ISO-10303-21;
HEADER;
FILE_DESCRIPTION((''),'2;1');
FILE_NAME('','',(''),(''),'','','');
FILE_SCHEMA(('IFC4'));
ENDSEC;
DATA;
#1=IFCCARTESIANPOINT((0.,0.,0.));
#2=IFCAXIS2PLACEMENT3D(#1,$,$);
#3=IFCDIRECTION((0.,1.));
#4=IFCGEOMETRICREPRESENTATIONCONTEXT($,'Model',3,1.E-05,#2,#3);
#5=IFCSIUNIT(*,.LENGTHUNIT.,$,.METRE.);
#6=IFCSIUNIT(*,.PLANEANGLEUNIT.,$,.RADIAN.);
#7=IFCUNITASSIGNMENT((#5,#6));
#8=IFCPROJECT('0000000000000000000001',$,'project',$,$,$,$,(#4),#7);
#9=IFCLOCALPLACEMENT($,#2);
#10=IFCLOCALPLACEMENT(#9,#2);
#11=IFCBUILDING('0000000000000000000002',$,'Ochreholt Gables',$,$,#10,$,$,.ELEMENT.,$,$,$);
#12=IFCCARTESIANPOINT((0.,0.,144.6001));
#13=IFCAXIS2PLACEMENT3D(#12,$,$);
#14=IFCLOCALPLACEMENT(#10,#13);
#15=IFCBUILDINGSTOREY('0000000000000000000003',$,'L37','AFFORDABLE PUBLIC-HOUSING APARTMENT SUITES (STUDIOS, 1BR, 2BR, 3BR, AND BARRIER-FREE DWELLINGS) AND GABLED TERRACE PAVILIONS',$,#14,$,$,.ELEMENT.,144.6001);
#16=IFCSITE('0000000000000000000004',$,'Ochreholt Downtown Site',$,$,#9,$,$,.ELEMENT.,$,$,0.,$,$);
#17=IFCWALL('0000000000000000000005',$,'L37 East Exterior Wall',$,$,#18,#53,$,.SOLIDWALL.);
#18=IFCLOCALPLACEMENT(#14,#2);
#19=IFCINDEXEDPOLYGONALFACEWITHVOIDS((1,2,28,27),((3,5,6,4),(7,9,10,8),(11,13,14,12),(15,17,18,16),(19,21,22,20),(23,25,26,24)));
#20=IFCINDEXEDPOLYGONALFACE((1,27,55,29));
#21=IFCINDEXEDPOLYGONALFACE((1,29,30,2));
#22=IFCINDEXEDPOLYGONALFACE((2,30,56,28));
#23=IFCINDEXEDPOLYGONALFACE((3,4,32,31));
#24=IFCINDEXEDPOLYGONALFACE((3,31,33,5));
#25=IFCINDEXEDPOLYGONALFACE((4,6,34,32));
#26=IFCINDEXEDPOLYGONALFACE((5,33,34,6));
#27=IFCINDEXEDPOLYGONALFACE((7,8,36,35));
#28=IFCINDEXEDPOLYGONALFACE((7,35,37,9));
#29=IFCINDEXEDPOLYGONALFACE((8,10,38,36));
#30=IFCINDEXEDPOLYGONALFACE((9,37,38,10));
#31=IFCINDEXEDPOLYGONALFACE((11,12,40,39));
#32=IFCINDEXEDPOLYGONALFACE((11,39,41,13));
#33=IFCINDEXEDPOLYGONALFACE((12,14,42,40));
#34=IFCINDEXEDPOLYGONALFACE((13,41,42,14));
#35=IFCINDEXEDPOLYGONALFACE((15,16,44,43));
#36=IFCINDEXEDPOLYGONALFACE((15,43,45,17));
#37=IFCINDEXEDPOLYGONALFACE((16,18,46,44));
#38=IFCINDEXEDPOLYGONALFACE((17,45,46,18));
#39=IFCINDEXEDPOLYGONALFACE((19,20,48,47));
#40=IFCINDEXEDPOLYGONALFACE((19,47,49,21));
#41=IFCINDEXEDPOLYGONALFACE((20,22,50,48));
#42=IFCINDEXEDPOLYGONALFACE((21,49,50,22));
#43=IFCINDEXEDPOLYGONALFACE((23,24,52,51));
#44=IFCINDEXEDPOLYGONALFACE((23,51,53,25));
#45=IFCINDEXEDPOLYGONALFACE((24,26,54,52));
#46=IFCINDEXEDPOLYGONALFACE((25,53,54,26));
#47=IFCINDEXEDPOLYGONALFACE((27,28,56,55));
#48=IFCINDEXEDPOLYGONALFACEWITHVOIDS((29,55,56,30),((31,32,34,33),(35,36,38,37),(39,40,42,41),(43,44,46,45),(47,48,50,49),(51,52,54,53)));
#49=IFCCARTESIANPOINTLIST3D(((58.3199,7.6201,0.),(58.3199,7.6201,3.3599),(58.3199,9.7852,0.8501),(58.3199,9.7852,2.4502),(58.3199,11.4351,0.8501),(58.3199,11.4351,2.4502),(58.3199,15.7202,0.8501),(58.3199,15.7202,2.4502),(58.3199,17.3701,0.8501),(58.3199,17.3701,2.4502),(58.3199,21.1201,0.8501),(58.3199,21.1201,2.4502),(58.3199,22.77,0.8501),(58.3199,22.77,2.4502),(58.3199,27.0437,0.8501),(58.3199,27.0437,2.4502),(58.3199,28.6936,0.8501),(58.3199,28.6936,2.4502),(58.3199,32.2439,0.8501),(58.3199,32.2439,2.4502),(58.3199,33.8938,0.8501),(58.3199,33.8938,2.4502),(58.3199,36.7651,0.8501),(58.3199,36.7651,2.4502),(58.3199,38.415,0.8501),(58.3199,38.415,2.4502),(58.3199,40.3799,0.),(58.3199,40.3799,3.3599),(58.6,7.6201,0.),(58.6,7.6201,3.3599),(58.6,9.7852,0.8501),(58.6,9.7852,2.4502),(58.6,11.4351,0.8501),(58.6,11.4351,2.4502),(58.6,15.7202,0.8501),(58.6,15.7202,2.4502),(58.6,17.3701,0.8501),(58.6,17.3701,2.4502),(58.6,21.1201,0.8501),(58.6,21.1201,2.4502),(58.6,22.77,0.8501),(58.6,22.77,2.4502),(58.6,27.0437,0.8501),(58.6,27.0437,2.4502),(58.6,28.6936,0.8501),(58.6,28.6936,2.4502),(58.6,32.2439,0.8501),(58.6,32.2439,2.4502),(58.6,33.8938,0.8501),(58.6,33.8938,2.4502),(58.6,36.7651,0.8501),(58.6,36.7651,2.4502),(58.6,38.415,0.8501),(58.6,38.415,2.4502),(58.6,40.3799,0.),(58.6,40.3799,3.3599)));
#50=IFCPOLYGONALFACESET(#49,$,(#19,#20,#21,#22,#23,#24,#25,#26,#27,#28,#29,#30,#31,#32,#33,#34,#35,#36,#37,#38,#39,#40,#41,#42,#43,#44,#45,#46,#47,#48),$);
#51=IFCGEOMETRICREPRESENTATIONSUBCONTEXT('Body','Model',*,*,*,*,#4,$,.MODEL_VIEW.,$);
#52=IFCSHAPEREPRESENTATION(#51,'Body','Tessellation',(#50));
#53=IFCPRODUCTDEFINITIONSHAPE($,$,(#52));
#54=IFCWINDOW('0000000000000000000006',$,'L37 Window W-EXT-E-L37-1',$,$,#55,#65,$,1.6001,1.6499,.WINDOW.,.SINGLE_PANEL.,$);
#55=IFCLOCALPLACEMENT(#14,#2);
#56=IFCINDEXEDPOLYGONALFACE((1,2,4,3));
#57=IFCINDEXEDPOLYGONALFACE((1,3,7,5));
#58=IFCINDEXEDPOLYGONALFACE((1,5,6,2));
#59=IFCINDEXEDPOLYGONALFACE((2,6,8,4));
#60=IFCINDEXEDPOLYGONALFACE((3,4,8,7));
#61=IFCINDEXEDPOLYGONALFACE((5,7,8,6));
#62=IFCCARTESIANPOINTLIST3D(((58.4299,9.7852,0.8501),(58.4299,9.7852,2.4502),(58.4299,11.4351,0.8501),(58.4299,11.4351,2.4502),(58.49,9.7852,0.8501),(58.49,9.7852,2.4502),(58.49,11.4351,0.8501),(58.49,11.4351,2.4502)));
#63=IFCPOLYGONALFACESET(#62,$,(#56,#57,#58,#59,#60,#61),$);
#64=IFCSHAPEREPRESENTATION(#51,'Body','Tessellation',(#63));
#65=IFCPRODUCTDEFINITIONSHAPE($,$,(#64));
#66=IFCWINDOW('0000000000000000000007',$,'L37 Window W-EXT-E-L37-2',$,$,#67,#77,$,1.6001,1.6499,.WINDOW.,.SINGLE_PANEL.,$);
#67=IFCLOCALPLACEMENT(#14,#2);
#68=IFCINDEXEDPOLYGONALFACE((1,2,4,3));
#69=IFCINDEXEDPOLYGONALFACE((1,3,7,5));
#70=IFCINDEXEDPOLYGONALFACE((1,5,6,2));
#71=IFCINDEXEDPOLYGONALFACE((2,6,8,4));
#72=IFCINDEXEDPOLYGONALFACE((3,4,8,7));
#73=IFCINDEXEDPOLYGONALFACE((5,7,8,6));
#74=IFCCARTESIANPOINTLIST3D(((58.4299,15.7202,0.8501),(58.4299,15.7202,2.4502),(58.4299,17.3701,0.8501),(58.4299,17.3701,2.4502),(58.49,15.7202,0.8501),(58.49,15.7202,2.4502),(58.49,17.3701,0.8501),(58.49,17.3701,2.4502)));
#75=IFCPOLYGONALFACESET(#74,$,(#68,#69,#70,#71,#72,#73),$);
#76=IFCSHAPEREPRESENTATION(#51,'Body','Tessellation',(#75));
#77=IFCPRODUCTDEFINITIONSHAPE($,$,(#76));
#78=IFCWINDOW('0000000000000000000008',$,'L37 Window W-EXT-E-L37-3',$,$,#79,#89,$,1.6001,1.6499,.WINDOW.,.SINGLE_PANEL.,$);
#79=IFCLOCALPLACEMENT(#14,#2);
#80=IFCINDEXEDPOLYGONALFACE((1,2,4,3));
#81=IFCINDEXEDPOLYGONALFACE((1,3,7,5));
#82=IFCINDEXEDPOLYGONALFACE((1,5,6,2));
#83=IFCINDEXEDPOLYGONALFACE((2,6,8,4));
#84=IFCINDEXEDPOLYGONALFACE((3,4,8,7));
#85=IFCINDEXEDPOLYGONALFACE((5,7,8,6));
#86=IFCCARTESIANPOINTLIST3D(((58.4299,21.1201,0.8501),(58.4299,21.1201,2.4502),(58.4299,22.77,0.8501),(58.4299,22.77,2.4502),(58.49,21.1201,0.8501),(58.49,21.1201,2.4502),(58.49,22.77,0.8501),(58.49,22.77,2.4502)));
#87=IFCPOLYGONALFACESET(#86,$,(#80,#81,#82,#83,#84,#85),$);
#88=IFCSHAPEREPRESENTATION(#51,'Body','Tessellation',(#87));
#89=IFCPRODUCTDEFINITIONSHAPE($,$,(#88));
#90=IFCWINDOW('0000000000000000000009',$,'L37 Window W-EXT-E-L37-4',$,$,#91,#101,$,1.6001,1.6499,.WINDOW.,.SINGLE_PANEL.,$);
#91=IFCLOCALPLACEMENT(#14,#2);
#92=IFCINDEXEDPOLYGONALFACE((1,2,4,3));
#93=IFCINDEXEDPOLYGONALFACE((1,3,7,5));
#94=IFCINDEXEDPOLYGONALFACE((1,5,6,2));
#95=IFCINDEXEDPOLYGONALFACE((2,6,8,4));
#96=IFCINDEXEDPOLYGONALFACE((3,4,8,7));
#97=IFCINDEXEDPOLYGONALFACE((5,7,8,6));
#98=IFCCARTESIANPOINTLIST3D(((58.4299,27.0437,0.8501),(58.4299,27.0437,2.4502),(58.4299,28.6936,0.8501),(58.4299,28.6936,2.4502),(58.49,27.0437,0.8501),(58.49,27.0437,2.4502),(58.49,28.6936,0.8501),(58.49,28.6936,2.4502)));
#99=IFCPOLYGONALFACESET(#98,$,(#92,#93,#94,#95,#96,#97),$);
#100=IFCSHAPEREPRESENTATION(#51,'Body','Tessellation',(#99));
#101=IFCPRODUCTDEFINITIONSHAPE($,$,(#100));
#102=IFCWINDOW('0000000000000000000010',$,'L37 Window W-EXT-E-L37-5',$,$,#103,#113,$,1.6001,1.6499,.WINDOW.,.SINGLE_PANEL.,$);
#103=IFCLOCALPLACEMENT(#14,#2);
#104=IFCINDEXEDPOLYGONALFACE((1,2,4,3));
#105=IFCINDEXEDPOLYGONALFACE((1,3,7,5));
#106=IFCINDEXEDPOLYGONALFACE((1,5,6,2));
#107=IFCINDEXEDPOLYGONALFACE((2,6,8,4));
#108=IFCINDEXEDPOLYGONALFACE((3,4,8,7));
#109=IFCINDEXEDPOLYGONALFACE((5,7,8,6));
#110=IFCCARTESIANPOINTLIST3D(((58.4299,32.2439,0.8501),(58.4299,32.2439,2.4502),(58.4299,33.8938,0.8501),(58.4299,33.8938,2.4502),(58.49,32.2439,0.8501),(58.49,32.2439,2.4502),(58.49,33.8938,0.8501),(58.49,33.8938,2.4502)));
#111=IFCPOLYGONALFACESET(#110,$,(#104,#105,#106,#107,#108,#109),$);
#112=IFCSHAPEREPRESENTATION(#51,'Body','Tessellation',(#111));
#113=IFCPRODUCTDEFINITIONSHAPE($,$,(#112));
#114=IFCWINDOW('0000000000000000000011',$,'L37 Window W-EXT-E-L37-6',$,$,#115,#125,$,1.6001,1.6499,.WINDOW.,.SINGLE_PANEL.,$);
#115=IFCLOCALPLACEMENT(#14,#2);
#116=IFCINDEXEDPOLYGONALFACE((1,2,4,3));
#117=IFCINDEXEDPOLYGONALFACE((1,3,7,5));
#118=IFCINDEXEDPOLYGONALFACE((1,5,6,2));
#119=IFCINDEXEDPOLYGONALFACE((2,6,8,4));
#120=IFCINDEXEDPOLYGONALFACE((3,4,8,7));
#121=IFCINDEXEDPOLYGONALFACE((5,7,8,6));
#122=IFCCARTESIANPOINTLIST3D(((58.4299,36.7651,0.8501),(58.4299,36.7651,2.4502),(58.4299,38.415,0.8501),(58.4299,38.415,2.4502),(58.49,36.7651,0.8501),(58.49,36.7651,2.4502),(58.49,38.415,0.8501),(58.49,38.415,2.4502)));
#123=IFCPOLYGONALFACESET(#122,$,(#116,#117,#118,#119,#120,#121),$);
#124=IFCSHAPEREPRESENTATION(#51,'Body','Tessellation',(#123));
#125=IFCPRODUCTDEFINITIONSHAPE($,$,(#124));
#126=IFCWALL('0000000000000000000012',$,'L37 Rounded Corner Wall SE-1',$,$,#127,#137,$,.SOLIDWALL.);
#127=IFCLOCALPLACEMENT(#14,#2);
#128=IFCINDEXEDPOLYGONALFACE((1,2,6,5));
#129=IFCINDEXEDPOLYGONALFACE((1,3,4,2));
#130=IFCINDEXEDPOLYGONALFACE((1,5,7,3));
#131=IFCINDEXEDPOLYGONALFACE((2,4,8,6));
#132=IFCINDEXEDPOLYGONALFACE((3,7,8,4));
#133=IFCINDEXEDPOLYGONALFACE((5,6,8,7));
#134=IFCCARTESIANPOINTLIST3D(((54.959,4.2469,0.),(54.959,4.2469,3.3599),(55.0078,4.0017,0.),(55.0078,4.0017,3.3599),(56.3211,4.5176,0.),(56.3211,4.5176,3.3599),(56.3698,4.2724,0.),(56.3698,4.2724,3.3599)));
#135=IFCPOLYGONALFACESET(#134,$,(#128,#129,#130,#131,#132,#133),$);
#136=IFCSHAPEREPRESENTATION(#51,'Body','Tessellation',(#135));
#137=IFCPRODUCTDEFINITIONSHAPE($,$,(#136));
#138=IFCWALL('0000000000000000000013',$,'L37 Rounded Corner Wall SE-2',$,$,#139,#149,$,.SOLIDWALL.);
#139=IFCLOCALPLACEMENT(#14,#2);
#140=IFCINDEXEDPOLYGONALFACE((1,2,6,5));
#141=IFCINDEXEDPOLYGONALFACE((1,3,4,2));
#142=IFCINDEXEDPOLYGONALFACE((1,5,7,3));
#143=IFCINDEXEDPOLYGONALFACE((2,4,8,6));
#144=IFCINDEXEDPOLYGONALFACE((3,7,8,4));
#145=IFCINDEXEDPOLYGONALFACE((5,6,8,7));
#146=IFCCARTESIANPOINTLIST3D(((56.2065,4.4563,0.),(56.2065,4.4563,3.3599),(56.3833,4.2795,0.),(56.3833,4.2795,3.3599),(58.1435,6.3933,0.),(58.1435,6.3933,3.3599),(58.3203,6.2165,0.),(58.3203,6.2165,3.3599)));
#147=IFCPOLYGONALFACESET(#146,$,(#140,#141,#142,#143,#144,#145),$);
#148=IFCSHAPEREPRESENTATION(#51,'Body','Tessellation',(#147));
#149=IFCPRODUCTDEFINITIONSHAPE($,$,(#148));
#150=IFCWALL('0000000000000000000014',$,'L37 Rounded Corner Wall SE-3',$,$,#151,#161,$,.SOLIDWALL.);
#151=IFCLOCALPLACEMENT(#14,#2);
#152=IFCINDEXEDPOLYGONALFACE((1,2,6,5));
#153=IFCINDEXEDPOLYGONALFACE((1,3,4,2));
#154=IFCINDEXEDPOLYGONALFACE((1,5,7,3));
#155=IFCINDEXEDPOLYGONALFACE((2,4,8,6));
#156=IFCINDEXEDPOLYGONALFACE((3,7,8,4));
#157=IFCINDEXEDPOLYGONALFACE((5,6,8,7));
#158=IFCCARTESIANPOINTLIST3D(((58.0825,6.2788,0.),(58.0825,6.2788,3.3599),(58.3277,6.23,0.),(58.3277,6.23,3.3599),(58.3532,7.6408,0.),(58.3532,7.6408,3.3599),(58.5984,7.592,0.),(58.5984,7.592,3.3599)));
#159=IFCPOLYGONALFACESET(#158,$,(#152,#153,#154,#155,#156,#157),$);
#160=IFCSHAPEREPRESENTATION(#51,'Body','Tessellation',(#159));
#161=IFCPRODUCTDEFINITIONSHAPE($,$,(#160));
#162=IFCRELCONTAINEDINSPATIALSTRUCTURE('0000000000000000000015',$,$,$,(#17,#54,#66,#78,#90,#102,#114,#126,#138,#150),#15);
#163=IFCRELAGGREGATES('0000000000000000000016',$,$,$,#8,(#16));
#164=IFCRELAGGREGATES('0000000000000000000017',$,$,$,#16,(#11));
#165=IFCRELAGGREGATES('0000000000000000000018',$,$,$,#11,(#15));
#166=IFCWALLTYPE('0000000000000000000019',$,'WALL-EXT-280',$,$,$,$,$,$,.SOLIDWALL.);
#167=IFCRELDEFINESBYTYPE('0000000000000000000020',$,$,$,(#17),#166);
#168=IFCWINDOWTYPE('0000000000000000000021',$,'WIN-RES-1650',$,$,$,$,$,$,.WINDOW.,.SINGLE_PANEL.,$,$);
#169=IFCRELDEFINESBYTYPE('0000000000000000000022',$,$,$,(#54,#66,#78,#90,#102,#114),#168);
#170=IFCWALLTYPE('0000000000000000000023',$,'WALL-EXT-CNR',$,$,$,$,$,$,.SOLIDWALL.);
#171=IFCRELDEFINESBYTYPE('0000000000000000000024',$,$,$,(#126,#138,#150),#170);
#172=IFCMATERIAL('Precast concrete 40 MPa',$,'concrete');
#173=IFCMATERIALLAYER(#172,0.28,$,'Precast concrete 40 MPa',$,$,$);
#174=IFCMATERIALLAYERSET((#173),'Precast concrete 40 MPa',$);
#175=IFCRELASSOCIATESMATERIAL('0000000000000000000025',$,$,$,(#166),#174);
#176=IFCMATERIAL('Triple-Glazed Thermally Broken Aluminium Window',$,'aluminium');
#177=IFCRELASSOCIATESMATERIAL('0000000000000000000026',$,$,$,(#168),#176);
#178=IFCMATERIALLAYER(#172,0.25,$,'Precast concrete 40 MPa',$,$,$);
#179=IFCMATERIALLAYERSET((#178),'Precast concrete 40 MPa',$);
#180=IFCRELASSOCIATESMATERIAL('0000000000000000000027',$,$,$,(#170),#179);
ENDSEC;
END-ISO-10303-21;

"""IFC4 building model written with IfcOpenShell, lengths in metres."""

from ifc_helpers import new_model, si_unit, direction, frame, frame_2d, origin, place, context, subcontext, project, spatial, rectangle, extrude, material, layer, layer_set, type_object, element, fill, save


model = new_model("IFC4")

# Units and contexts
model_context = context("Model", 3, precision=1e-05, world=origin(), true_north=direction((0.0, 1.0)))
body_context = subcontext(model_context, "Body", "Model", "MODEL_VIEW")
ifc_project = project(units=[si_unit("LENGTHUNIT", "METRE"), si_unit("PLANEANGLEUNIT", "RADIAN")], contexts=[model_context])

# Site, building, storey
site_placement = place(None, origin())
site = spatial("IfcSite", under=ifc_project, at=site_placement, Name="Ochreholt Downtown Site", CompositionType="ELEMENT", RefElevation=0.0)
building_placement = place(site_placement, origin())
building = spatial("IfcBuilding", under=site, at=building_placement, Name="Ochreholt Gables", CompositionType="ELEMENT")
storey_placement = place(building_placement, frame((0.0, 0.0, 144.6001)))
storey = spatial("IfcBuildingStorey", under=building, at=storey_placement, Name="L37", Description="AFFORDABLE PUBLIC-HOUSING APARTMENT SUITES (STUDIOS, 1BR, 2BR, 3BR, AND BARRIER-FREE DWELLINGS) AND GABLED TERRACE PAVILIONS", CompositionType="ELEMENT", Elevation=144.6001)

# Wall, openings, windows
ifc_material_1 = material(Name="Precast concrete 40 MPa", Category="concrete")
ifc_layer_1 = layer(ifc_material_1, 0.28, Name="Precast concrete 40 MPa")
ifc_layer_set_1 = layer_set([ifc_layer_1], Name="Precast concrete 40 MPa")
wall_type_1 = type_object("IfcWallType", Name="WALL-EXT-280", PredefinedType="SOLIDWALL", material=ifc_layer_set_1)
wall_1_placement = place(storey_placement, frame((58.46, 7.6201, 0.0), z_axis=(0.0, 0.0, 1.0), x_axis=(0.0, 1.0, 0.0)))
wall_1 = element("IfcWall", 1, at=wall_1_placement, inside=storey, type_object=wall_type_1, Name="L37 East Exterior Wall", PredefinedType="SOLIDWALL", context=body_context, shape_type="SweptSolid", body=[
    extrude(rectangle(XDim=32.7598, YDim=0.28, at=frame_2d((16.3799, 0.0))), origin(), (0.0, 0.0, 1.0), 3.3599),
])
opening_1_placement = place(wall_1_placement, frame((2.165, 0.0, 0.8501)))
opening_1 = element("IfcOpeningElement", 2, at=opening_1_placement, cuts=wall_1, PredefinedType="OPENING", context=body_context, shape_type="SweptSolid", body=[
    extrude(rectangle(XDim=1.6499, YDim=1.6001, at=frame_2d((0.825, 0.8))), frame((0.0, 0.1499, 0.0), z_axis=(0.0, -1.0, 0.0), x_axis=(1.0, 0.0, 0.0)), (0.0, 0.0, 1.0), 0.3),
])
opening_2_placement = place(wall_1_placement, frame((8.1001, 0.0, 0.8501)))
opening_2 = element("IfcOpeningElement", 3, at=opening_2_placement, cuts=wall_1, PredefinedType="OPENING", context=body_context, shape_type="SweptSolid", body=[
    extrude(rectangle(XDim=1.6499, YDim=1.6001, at=frame_2d((0.825, 0.8))), frame((0.0, 0.1499, 0.0), z_axis=(0.0, -1.0, 0.0), x_axis=(1.0, 0.0, 0.0)), (0.0, 0.0, 1.0), 0.3),
])
opening_3_placement = place(wall_1_placement, frame((13.5, 0.0, 0.8501)))
opening_3 = element("IfcOpeningElement", 4, at=opening_3_placement, cuts=wall_1, PredefinedType="OPENING", context=body_context, shape_type="SweptSolid", body=[
    extrude(rectangle(XDim=1.6499, YDim=1.6001, at=frame_2d((0.825, 0.8))), frame((0.0, 0.1499, 0.0), z_axis=(0.0, -1.0, 0.0), x_axis=(1.0, 0.0, 0.0)), (0.0, 0.0, 1.0), 0.3),
])
opening_4_placement = place(wall_1_placement, frame((19.4236, 0.0, 0.8501)))
opening_4 = element("IfcOpeningElement", 5, at=opening_4_placement, cuts=wall_1, PredefinedType="OPENING", context=body_context, shape_type="SweptSolid", body=[
    extrude(rectangle(XDim=1.6499, YDim=1.6001, at=frame_2d((0.825, 0.8))), frame((0.0, 0.1499, 0.0), z_axis=(0.0, -1.0, 0.0), x_axis=(1.0, 0.0, 0.0)), (0.0, 0.0, 1.0), 0.3),
])
opening_5_placement = place(wall_1_placement, frame((24.6238, 0.0, 0.8501)))
opening_5 = element("IfcOpeningElement", 6, at=opening_5_placement, cuts=wall_1, PredefinedType="OPENING", context=body_context, shape_type="SweptSolid", body=[
    extrude(rectangle(XDim=1.6499, YDim=1.6001, at=frame_2d((0.825, 0.8))), frame((0.0, 0.1499, 0.0), z_axis=(0.0, -1.0, 0.0), x_axis=(1.0, 0.0, 0.0)), (0.0, 0.0, 1.0), 0.3),
])
opening_6_placement = place(wall_1_placement, frame((29.145, 0.0, 0.8501)))
opening_6 = element("IfcOpeningElement", 7, at=opening_6_placement, cuts=wall_1, PredefinedType="OPENING", context=body_context, shape_type="SweptSolid", body=[
    extrude(rectangle(XDim=1.6499, YDim=1.6001, at=frame_2d((0.825, 0.8))), frame((0.0, 0.1499, 0.0), z_axis=(0.0, -1.0, 0.0), x_axis=(1.0, 0.0, 0.0)), (0.0, 0.0, 1.0), 0.3),
])
ifc_material_2 = material(Name="Triple-Glazed Thermally Broken Aluminium Window", Category="aluminium")
window_type = type_object("IfcWindowType", Name="WIN-RES-1650", PartitioningType="SINGLE_PANEL", PredefinedType="WINDOW", material=ifc_material_2)
window_1_placement = place(opening_1_placement, origin())
window_1 = element("IfcWindow", 8, at=window_1_placement, inside=storey, type_object=window_type, Name="L37 Window W-EXT-E-L37-1", OverallHeight=1.6001, OverallWidth=1.6499, PartitioningType="SINGLE_PANEL", PredefinedType="WINDOW", context=body_context, shape_type="SweptSolid", body=[
    extrude(rectangle(XDim=1.6499, YDim=1.6001, at=frame_2d((0.825, 0.8))), frame((0.0, 0.03, 0.0), z_axis=(0.0, -1.0, 0.0), x_axis=(1.0, 0.0, 0.0)), (0.0, 0.0, 1.0), 0.0601),
])
fill(opening_1, window_1)
window_2_placement = place(opening_2_placement, origin())
window_2 = element("IfcWindow", 9, at=window_2_placement, inside=storey, type_object=window_type, Name="L37 Window W-EXT-E-L37-2", OverallHeight=1.6001, OverallWidth=1.6499, PartitioningType="SINGLE_PANEL", PredefinedType="WINDOW", context=body_context, shape_type="SweptSolid", body=[
    extrude(rectangle(XDim=1.6499, YDim=1.6001, at=frame_2d((0.825, 0.8))), frame((0.0, 0.03, 0.0), z_axis=(0.0, -1.0, 0.0), x_axis=(1.0, 0.0, 0.0)), (0.0, 0.0, 1.0), 0.0601),
])
fill(opening_2, window_2)
window_3_placement = place(opening_3_placement, origin())
window_3 = element("IfcWindow", 10, at=window_3_placement, inside=storey, type_object=window_type, Name="L37 Window W-EXT-E-L37-3", OverallHeight=1.6001, OverallWidth=1.6499, PartitioningType="SINGLE_PANEL", PredefinedType="WINDOW", context=body_context, shape_type="SweptSolid", body=[
    extrude(rectangle(XDim=1.6499, YDim=1.6001, at=frame_2d((0.825, 0.8))), frame((0.0, 0.03, 0.0), z_axis=(0.0, -1.0, 0.0), x_axis=(1.0, 0.0, 0.0)), (0.0, 0.0, 1.0), 0.0601),
])
fill(opening_3, window_3)
window_4_placement = place(opening_4_placement, origin())
window_4 = element("IfcWindow", 11, at=window_4_placement, inside=storey, type_object=window_type, Name="L37 Window W-EXT-E-L37-4", OverallHeight=1.6001, OverallWidth=1.6499, PartitioningType="SINGLE_PANEL", PredefinedType="WINDOW", context=body_context, shape_type="SweptSolid", body=[
    extrude(rectangle(XDim=1.6499, YDim=1.6001, at=frame_2d((0.825, 0.8))), frame((0.0, 0.03, 0.0), z_axis=(0.0, -1.0, 0.0), x_axis=(1.0, 0.0, 0.0)), (0.0, 0.0, 1.0), 0.0601),
])
fill(opening_4, window_4)
window_5_placement = place(opening_5_placement, origin())
window_5 = element("IfcWindow", 12, at=window_5_placement, inside=storey, type_object=window_type, Name="L37 Window W-EXT-E-L37-5", OverallHeight=1.6001, OverallWidth=1.6499, PartitioningType="SINGLE_PANEL", PredefinedType="WINDOW", context=body_context, shape_type="SweptSolid", body=[
    extrude(rectangle(XDim=1.6499, YDim=1.6001, at=frame_2d((0.825, 0.8))), frame((0.0, 0.03, 0.0), z_axis=(0.0, -1.0, 0.0), x_axis=(1.0, 0.0, 0.0)), (0.0, 0.0, 1.0), 0.0601),
])
fill(opening_5, window_5)
window_6_placement = place(opening_6_placement, origin())
window_6 = element("IfcWindow", 13, at=window_6_placement, inside=storey, type_object=window_type, Name="L37 Window W-EXT-E-L37-6", OverallHeight=1.6001, OverallWidth=1.6499, PartitioningType="SINGLE_PANEL", PredefinedType="WINDOW", context=body_context, shape_type="SweptSolid", body=[
    extrude(rectangle(XDim=1.6499, YDim=1.6001, at=frame_2d((0.825, 0.8))), frame((0.0, 0.03, 0.0), z_axis=(0.0, -1.0, 0.0), x_axis=(1.0, 0.0, 0.0)), (0.0, 0.0, 1.0), 0.0601),
])
fill(opening_6, window_6)

# Walls
ifc_layer_2 = layer(ifc_material_1, 0.25, Name="Precast concrete 40 MPa")
ifc_layer_set_2 = layer_set([ifc_layer_2], Name="Precast concrete 40 MPa")
wall_type_2 = type_object("IfcWallType", Name="WALL-EXT-CNR", PredefinedType="SOLIDWALL", material=ifc_layer_set_2)
wall_2_placement = place(storey_placement, frame((54.9834, 4.1243, 0.0), z_axis=(0.0, 0.0, 1.0), x_axis=(0.98081, 0.194967, 0.0)))
element("IfcWall", 14, at=wall_2_placement, inside=storey, type_object=wall_type_2, Name="L37 Rounded Corner Wall SE-1", PredefinedType="SOLIDWALL", context=body_context, shape_type="SweptSolid", body=[
    extrude(rectangle(XDim=1.3887, YDim=0.25, at=frame_2d((0.6943, 0.0))), origin(), (0.0, 0.0, 1.0), 3.3599),
])
wall_3_placement = place(storey_placement, frame((56.2949, 4.3679, 0.0), z_axis=(0.0, 0.0, 1.0), x_axis=(0.707107, 0.707107, 0.0)))
element("IfcWall", 15, at=wall_3_placement, inside=storey, type_object=wall_type_2, Name="L37 Rounded Corner Wall SE-2", PredefinedType="SOLIDWALL", context=body_context, shape_type="SweptSolid", body=[
    extrude(rectangle(XDim=2.7393, YDim=0.25, at=frame_2d((1.3696, 0.0))), origin(), (0.0, 0.0, 1.0), 3.3599),
])
wall_4_placement = place(storey_placement, frame((58.2051, 6.2544, 0.0), z_axis=(0.0, 0.0, 1.0), x_axis=(0.194967, 0.98081, 0.0)))
element("IfcWall", 16, at=wall_4_placement, inside=storey, type_object=wall_type_2, Name="L37 Rounded Corner Wall SE-3", PredefinedType="SOLIDWALL", context=body_context, shape_type="SweptSolid", body=[
    extrude(rectangle(XDim=1.3887, YDim=0.25, at=frame_2d((0.6943, 0.0))), origin(), (0.0, 0.0, 1.0), 3.3599),
])

save(model, "model.ifc")
